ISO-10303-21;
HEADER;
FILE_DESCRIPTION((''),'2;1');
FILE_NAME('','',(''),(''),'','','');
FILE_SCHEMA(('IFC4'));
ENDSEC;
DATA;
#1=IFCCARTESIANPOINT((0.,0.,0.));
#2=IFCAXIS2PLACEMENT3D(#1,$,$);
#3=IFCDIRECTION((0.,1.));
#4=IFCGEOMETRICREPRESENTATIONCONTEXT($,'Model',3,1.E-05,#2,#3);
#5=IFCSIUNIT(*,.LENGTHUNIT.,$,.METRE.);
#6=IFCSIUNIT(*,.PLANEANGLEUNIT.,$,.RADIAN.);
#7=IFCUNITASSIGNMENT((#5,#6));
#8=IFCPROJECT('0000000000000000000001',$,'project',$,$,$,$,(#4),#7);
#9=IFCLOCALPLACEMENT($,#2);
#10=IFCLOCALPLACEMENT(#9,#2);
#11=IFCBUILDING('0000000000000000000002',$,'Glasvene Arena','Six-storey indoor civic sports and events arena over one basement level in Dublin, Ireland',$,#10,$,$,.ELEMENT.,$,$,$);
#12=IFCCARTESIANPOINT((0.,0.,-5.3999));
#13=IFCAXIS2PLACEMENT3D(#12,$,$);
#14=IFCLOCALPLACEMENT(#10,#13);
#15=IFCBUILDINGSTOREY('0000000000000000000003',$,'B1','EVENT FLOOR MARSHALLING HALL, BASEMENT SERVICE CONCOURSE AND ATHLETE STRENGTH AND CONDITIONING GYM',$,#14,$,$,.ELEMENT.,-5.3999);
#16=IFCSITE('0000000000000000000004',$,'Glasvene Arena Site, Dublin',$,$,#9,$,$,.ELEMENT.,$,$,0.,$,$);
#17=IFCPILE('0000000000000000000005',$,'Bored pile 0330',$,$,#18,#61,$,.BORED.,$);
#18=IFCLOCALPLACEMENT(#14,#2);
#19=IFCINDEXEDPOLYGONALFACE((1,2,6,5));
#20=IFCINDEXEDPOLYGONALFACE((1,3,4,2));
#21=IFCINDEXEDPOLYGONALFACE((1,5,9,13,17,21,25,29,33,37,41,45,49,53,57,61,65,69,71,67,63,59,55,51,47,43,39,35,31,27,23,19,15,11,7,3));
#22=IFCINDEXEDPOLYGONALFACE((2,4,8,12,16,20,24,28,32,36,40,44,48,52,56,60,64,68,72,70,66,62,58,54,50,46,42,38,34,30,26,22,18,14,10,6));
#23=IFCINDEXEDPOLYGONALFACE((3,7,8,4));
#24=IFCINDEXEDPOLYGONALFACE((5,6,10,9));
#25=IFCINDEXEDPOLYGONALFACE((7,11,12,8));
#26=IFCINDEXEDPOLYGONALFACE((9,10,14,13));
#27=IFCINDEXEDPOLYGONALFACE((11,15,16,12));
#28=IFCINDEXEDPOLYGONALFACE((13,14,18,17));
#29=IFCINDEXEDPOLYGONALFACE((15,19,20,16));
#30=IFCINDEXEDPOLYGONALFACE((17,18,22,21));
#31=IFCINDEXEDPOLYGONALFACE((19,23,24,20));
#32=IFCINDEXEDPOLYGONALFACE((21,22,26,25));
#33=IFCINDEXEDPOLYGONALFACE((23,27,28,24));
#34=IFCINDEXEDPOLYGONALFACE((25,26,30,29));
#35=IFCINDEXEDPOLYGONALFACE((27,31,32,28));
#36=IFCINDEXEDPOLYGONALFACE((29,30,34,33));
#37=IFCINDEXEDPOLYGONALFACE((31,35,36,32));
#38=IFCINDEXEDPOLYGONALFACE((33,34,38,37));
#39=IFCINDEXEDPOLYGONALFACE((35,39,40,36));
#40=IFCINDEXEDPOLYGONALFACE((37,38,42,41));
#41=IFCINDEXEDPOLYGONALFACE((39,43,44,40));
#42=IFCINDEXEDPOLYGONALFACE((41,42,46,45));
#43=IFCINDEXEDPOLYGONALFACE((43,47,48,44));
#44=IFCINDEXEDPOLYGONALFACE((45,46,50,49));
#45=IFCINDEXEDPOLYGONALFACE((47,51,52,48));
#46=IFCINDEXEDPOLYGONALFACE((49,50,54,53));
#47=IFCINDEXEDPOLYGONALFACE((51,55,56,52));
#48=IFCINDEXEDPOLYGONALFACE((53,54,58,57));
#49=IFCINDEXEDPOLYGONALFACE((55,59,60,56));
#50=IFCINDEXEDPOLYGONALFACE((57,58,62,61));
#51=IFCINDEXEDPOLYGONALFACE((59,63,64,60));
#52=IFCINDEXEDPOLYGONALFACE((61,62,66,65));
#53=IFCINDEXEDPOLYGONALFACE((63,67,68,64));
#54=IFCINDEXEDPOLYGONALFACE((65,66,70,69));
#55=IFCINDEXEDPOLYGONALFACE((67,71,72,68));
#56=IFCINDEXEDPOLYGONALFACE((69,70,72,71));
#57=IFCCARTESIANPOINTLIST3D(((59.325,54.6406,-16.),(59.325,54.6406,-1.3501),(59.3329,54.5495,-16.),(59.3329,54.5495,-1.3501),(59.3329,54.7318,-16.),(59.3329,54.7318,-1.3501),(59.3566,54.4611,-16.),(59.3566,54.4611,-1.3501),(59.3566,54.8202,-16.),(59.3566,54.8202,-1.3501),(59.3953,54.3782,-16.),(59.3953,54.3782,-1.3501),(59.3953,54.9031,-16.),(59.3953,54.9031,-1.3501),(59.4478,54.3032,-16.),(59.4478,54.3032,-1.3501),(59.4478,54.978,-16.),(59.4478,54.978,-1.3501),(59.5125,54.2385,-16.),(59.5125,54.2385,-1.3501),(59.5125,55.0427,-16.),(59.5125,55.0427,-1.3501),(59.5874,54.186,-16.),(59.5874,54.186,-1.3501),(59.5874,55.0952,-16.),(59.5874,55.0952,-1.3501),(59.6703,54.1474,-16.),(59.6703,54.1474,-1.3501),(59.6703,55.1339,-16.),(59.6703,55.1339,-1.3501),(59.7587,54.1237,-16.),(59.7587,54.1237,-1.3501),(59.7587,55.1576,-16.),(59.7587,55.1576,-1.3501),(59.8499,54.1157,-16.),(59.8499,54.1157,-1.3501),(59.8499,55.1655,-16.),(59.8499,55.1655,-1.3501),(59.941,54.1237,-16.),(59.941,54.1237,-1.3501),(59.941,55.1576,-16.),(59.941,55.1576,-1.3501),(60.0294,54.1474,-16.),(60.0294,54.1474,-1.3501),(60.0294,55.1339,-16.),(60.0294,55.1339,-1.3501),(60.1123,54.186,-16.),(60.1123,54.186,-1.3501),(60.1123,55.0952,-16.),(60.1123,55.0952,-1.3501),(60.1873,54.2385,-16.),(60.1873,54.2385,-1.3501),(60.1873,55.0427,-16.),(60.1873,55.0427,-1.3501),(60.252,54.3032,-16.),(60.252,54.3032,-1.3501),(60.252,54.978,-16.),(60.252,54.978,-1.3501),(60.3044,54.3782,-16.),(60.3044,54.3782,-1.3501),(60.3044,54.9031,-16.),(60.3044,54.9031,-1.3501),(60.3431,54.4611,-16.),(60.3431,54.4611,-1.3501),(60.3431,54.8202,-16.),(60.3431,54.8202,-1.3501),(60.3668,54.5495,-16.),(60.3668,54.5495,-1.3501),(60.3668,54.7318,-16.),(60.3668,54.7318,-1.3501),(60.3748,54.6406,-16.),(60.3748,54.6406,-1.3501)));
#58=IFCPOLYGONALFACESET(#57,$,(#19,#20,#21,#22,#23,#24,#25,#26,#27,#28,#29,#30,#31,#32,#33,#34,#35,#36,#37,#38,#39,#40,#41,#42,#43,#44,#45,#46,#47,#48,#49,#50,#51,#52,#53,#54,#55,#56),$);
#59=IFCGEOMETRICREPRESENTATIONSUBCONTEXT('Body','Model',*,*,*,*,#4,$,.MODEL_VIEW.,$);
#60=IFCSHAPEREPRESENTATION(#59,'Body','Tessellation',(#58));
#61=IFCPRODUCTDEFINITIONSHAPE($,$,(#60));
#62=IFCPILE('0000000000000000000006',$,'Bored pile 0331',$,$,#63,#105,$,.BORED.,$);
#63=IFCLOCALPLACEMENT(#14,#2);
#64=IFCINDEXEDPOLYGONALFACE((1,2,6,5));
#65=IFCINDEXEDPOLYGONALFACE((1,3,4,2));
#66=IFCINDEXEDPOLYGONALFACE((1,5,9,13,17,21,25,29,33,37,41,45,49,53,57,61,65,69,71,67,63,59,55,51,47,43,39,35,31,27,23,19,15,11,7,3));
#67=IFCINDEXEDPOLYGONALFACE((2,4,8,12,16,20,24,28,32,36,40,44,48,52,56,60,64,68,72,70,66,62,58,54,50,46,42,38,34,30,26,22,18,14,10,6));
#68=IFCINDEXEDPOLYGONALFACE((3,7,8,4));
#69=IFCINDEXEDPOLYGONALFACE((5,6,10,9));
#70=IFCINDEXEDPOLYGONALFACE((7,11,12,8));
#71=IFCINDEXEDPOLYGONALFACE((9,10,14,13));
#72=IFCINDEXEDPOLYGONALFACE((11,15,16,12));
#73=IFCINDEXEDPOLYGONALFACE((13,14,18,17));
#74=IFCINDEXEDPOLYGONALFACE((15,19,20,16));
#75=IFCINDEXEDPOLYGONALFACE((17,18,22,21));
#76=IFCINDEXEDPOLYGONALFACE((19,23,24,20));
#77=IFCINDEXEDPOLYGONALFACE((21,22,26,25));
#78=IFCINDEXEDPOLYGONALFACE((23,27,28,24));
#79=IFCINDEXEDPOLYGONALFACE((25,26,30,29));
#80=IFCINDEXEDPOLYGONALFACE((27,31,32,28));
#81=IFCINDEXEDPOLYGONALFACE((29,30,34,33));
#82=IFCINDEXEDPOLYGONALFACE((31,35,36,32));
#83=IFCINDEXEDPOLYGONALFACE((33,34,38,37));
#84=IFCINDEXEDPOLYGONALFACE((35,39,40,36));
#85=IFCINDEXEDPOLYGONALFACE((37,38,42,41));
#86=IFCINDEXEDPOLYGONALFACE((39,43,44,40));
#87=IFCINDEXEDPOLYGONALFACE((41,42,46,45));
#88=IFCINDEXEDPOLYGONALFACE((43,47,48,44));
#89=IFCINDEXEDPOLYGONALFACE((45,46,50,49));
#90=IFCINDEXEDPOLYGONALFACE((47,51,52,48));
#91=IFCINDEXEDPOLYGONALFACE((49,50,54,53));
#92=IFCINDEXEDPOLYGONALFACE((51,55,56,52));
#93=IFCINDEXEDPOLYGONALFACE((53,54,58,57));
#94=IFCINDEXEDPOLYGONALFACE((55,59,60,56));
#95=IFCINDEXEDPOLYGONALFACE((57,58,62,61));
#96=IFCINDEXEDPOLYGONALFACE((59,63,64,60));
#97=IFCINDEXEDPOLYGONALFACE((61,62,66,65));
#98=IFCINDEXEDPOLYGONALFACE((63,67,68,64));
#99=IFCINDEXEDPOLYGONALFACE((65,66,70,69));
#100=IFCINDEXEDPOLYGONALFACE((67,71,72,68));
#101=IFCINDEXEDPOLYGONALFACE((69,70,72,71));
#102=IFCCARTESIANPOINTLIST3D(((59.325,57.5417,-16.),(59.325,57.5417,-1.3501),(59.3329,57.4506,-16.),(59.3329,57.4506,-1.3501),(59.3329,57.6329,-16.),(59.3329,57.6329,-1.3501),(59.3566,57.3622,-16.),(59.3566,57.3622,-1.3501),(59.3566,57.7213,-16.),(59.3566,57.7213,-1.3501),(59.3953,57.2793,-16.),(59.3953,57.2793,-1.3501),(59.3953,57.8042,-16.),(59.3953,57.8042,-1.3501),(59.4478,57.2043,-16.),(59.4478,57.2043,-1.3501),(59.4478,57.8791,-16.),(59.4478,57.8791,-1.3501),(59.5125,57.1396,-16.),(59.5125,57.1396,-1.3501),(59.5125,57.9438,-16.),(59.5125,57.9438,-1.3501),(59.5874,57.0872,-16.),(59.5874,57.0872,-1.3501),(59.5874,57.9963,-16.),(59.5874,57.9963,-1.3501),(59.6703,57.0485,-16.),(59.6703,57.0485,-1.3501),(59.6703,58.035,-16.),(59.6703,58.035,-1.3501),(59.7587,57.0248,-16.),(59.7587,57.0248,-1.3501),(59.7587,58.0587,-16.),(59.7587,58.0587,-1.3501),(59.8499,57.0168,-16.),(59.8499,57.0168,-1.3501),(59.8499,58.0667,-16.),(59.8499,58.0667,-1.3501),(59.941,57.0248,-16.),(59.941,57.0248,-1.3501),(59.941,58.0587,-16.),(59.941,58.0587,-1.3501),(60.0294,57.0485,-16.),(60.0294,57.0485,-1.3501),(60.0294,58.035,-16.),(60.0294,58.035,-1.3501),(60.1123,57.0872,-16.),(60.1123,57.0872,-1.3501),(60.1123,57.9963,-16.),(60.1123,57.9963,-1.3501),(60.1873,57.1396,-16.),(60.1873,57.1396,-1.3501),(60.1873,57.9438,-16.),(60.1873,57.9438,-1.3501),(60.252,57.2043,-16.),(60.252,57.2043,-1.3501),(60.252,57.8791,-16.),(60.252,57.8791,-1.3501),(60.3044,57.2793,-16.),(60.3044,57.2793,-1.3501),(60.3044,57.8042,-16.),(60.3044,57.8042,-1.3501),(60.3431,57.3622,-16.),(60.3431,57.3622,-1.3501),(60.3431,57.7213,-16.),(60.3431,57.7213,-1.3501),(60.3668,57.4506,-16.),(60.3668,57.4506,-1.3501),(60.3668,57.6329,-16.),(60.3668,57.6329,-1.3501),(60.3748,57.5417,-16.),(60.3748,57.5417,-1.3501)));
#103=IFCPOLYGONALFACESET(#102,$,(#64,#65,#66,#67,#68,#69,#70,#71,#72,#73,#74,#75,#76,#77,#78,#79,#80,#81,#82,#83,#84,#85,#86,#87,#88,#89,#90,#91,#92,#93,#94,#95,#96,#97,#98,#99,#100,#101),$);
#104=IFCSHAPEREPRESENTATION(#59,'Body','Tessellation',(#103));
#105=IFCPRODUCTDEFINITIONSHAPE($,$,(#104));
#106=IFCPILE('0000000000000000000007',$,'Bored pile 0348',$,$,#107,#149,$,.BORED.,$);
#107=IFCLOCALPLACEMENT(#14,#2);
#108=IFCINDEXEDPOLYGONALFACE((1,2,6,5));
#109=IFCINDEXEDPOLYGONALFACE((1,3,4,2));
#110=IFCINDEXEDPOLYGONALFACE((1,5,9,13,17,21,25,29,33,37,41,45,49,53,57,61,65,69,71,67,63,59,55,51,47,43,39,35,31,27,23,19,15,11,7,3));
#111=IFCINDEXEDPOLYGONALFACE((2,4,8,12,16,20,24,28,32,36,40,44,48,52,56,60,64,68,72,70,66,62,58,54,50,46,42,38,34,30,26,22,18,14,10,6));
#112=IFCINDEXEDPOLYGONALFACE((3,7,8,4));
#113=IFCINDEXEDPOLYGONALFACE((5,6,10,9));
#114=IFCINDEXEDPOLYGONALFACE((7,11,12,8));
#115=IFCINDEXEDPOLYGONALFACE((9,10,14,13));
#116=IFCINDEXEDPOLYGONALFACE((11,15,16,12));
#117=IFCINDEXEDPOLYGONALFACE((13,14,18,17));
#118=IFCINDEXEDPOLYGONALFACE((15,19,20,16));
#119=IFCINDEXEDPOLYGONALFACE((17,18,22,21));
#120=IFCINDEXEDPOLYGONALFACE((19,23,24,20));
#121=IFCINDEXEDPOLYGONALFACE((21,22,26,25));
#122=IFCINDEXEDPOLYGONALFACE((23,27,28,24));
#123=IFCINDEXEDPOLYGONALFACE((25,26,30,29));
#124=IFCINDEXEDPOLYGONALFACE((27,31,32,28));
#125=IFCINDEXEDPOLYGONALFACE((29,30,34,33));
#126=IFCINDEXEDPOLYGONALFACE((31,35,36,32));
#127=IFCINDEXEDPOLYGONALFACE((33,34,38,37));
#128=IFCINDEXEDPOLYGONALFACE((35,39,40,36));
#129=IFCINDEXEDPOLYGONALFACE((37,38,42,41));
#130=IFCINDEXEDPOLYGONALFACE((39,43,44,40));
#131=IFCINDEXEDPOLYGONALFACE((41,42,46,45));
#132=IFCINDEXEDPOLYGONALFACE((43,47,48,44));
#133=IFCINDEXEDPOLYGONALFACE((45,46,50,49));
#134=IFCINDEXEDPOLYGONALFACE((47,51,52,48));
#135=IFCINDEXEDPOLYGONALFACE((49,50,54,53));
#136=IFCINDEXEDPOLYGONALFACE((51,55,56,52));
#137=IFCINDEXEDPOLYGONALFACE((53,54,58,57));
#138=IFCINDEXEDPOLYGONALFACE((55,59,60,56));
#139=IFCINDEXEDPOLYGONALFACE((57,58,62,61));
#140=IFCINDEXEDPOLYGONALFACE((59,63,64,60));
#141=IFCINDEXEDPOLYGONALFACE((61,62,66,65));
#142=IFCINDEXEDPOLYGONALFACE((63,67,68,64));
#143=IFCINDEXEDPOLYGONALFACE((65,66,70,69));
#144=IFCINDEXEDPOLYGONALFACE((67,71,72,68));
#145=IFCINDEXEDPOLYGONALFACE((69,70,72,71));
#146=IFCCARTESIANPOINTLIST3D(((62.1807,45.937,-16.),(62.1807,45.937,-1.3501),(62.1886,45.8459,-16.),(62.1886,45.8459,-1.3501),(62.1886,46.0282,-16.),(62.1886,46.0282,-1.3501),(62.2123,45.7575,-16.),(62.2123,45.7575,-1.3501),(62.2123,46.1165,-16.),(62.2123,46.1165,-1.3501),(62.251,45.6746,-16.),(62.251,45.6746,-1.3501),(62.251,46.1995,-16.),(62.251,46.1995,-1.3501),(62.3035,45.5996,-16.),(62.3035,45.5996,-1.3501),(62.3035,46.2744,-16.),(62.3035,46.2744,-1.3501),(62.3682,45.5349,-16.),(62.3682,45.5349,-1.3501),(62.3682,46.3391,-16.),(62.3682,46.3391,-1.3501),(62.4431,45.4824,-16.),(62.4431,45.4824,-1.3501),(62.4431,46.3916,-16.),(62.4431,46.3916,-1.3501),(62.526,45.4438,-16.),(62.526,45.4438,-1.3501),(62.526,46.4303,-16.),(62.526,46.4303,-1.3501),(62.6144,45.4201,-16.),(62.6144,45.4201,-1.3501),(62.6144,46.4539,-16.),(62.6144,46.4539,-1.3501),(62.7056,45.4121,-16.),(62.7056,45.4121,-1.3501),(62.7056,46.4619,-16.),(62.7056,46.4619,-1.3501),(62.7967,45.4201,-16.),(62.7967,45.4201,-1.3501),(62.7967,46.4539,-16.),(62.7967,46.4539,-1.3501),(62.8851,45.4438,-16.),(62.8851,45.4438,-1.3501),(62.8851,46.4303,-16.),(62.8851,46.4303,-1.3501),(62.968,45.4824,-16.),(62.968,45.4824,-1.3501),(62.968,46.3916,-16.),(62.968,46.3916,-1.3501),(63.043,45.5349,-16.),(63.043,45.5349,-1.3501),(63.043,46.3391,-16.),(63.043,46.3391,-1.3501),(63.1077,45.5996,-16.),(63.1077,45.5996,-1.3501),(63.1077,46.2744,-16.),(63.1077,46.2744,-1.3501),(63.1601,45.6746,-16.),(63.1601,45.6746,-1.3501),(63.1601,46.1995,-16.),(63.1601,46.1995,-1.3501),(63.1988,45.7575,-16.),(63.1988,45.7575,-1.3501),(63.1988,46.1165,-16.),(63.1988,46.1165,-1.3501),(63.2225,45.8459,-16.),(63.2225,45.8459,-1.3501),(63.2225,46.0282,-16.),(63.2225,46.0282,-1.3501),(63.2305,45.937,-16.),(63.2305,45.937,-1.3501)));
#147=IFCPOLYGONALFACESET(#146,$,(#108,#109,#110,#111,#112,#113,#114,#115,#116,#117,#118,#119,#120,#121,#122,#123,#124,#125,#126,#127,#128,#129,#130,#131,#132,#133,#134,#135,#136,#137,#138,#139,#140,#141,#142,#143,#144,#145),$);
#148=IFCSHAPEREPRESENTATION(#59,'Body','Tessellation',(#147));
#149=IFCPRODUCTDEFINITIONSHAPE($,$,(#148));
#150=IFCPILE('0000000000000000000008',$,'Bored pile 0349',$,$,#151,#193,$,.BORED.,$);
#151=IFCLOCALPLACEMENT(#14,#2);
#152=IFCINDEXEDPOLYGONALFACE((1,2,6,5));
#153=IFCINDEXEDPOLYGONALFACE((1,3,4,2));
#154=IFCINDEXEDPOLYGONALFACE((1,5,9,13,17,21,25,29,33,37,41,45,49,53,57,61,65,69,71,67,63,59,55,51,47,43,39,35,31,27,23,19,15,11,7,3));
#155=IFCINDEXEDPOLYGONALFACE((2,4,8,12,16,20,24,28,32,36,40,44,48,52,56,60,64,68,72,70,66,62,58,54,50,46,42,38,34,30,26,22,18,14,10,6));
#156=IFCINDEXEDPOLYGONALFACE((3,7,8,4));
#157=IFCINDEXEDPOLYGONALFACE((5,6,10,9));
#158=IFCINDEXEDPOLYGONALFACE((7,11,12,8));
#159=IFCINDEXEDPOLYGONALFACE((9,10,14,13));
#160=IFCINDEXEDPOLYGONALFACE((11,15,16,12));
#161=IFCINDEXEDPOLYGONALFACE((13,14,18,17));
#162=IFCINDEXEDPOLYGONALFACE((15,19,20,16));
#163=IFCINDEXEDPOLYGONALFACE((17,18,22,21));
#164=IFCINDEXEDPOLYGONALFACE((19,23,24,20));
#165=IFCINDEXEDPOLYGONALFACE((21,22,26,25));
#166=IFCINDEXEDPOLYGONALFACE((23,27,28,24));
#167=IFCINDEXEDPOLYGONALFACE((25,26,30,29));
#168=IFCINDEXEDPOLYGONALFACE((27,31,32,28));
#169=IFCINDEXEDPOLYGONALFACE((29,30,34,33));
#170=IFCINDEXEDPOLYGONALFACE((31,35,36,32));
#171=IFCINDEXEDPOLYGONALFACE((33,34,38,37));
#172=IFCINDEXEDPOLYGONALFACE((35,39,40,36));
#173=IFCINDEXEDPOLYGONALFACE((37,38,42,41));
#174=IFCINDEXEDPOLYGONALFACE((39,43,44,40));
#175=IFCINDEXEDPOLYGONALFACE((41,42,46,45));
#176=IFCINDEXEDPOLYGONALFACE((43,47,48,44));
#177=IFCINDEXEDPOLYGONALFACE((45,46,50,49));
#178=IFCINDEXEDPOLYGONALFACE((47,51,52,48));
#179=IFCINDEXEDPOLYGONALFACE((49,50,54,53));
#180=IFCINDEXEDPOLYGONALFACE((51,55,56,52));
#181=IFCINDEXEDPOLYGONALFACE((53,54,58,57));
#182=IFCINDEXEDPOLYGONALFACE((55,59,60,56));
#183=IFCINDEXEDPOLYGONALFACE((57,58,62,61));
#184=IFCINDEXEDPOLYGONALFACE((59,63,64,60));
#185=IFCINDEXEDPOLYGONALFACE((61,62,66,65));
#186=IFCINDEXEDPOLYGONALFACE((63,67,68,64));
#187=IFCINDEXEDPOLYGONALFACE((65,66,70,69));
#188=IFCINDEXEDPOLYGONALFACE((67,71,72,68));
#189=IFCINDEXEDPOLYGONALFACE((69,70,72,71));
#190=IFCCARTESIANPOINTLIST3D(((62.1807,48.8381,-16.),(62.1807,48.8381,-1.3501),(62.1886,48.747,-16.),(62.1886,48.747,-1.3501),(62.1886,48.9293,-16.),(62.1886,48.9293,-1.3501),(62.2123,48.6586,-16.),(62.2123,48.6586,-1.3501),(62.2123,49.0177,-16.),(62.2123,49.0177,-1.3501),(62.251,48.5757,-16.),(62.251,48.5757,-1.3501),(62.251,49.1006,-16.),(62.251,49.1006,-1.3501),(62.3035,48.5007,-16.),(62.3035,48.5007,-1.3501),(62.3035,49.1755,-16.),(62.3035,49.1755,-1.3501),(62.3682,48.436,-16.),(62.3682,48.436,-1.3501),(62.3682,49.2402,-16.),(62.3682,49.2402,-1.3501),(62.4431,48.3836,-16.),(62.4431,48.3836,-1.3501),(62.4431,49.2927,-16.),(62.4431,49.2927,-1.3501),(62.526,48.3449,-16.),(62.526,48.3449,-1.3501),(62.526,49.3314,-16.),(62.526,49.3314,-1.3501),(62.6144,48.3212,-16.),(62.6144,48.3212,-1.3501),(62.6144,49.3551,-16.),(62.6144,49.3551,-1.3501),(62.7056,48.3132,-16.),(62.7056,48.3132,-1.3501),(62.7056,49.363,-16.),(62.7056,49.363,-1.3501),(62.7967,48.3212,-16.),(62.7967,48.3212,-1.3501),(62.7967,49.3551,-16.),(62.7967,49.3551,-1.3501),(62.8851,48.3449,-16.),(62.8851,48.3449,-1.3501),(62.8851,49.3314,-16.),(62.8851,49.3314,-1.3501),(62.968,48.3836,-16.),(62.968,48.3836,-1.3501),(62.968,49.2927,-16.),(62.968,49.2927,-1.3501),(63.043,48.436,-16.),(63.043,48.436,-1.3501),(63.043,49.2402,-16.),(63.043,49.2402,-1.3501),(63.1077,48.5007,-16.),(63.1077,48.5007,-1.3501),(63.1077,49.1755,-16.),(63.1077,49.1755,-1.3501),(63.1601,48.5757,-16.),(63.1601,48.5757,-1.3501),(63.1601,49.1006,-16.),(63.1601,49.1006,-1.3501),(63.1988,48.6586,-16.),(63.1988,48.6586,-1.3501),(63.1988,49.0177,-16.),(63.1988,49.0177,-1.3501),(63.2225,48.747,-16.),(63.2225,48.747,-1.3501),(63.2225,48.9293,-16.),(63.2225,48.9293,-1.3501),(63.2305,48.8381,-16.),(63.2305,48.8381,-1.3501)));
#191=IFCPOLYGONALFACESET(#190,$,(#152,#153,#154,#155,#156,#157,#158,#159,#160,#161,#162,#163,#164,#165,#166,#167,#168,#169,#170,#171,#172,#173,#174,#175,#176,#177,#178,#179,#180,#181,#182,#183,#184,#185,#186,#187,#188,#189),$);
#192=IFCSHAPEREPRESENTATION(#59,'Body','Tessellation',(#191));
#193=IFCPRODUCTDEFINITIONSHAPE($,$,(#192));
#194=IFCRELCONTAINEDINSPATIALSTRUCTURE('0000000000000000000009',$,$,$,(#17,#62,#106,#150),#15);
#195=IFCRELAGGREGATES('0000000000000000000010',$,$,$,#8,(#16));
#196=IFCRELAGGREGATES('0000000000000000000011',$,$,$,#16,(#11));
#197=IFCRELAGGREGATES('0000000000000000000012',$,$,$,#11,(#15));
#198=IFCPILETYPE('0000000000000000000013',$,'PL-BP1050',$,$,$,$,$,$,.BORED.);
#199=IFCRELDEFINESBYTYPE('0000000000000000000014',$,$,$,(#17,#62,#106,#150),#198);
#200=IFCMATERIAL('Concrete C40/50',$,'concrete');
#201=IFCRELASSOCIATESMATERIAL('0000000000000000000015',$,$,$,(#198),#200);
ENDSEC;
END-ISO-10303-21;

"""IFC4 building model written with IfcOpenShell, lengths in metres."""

from ifc_helpers import new_model, si_unit, direction, frame, origin, origin_2d, place, context, subcontext, project, spatial, circle, extrude, material, material_profile, profile_set, type_object, element, save


model = new_model("IFC4")

# Units and contexts
model_context = context("Model", 3, precision=1e-05, world=origin(), true_north=direction((0.0, 1.0)))
body_context = subcontext(model_context, "Body", "Model", "MODEL_VIEW")
ifc_project = project(units=[si_unit("LENGTHUNIT", "METRE"), si_unit("PLANEANGLEUNIT", "RADIAN")], contexts=[model_context])

# Site, building, storey
site_placement = place(None, origin())
site = spatial("IfcSite", under=ifc_project, at=site_placement, Name="Glasvene Arena Site, Dublin", CompositionType="ELEMENT", RefElevation=0.0)
building_placement = place(site_placement, origin())
building = spatial("IfcBuilding", under=site, at=building_placement, Name="Glasvene Arena", Description="Six-storey indoor civic sports and events arena over one basement level in Dublin, Ireland", CompositionType="ELEMENT")
storey_placement = place(building_placement, frame((0.0, 0.0, -5.3999)))
storey = spatial("IfcBuildingStorey", under=building, at=storey_placement, Name="B1", Description="EVENT FLOOR MARSHALLING HALL, BASEMENT SERVICE CONCOURSE AND ATHLETE STRENGTH AND CONDITIONING GYM", CompositionType="ELEMENT", Elevation=-5.3999)

# Piles
ifc_material_1 = material(Name="Concrete C40/50", Category="concrete")
ifc_material_profile_1 = material_profile(ifc_material_1, circle(Radius=0.5249, at=origin_2d()), Name="BORED PILE 1050")
ifc_profile_set_1 = profile_set([ifc_material_profile_1], Name="Concrete C40/50")
pile_type = type_object("IfcPileType", Name="PL-BP1050", PredefinedType="BORED", material=ifc_profile_set_1)
for number, where, z_axis, x_axis, name in (
    (1, (59.8499, 54.6406, -1.3501), (0.0, 0.0, -1.0), (1.0, 0.0, 0.0), "Bored pile 0330"),
    (2, (59.8499, 57.5417, -1.3501), (0.0, 0.0, -1.0), (1.0, 0.0, 0.0), "Bored pile 0331"),
    (3, (62.7056, 45.937, -1.3501), (0.0, 0.0, -1.0), (1.0, 0.0, 0.0), "Bored pile 0348"),
    (4, (62.7056, 48.8381, -1.3501), (0.0, 0.0, -1.0), (1.0, 0.0, 0.0), "Bored pile 0349"),
):
    element("IfcPile", number, at=place(storey_placement, frame(where, z_axis=z_axis, x_axis=x_axis)), inside=storey, type_object=pile_type, Name=name, PredefinedType="BORED", context=body_context, shape_type="SweptSolid", body=[
        extrude(circle(Radius=0.5249, at=origin_2d()), origin(), (0.0, 0.0, 1.0), 14.6499),
    ])

save(model, "model.ifc")
